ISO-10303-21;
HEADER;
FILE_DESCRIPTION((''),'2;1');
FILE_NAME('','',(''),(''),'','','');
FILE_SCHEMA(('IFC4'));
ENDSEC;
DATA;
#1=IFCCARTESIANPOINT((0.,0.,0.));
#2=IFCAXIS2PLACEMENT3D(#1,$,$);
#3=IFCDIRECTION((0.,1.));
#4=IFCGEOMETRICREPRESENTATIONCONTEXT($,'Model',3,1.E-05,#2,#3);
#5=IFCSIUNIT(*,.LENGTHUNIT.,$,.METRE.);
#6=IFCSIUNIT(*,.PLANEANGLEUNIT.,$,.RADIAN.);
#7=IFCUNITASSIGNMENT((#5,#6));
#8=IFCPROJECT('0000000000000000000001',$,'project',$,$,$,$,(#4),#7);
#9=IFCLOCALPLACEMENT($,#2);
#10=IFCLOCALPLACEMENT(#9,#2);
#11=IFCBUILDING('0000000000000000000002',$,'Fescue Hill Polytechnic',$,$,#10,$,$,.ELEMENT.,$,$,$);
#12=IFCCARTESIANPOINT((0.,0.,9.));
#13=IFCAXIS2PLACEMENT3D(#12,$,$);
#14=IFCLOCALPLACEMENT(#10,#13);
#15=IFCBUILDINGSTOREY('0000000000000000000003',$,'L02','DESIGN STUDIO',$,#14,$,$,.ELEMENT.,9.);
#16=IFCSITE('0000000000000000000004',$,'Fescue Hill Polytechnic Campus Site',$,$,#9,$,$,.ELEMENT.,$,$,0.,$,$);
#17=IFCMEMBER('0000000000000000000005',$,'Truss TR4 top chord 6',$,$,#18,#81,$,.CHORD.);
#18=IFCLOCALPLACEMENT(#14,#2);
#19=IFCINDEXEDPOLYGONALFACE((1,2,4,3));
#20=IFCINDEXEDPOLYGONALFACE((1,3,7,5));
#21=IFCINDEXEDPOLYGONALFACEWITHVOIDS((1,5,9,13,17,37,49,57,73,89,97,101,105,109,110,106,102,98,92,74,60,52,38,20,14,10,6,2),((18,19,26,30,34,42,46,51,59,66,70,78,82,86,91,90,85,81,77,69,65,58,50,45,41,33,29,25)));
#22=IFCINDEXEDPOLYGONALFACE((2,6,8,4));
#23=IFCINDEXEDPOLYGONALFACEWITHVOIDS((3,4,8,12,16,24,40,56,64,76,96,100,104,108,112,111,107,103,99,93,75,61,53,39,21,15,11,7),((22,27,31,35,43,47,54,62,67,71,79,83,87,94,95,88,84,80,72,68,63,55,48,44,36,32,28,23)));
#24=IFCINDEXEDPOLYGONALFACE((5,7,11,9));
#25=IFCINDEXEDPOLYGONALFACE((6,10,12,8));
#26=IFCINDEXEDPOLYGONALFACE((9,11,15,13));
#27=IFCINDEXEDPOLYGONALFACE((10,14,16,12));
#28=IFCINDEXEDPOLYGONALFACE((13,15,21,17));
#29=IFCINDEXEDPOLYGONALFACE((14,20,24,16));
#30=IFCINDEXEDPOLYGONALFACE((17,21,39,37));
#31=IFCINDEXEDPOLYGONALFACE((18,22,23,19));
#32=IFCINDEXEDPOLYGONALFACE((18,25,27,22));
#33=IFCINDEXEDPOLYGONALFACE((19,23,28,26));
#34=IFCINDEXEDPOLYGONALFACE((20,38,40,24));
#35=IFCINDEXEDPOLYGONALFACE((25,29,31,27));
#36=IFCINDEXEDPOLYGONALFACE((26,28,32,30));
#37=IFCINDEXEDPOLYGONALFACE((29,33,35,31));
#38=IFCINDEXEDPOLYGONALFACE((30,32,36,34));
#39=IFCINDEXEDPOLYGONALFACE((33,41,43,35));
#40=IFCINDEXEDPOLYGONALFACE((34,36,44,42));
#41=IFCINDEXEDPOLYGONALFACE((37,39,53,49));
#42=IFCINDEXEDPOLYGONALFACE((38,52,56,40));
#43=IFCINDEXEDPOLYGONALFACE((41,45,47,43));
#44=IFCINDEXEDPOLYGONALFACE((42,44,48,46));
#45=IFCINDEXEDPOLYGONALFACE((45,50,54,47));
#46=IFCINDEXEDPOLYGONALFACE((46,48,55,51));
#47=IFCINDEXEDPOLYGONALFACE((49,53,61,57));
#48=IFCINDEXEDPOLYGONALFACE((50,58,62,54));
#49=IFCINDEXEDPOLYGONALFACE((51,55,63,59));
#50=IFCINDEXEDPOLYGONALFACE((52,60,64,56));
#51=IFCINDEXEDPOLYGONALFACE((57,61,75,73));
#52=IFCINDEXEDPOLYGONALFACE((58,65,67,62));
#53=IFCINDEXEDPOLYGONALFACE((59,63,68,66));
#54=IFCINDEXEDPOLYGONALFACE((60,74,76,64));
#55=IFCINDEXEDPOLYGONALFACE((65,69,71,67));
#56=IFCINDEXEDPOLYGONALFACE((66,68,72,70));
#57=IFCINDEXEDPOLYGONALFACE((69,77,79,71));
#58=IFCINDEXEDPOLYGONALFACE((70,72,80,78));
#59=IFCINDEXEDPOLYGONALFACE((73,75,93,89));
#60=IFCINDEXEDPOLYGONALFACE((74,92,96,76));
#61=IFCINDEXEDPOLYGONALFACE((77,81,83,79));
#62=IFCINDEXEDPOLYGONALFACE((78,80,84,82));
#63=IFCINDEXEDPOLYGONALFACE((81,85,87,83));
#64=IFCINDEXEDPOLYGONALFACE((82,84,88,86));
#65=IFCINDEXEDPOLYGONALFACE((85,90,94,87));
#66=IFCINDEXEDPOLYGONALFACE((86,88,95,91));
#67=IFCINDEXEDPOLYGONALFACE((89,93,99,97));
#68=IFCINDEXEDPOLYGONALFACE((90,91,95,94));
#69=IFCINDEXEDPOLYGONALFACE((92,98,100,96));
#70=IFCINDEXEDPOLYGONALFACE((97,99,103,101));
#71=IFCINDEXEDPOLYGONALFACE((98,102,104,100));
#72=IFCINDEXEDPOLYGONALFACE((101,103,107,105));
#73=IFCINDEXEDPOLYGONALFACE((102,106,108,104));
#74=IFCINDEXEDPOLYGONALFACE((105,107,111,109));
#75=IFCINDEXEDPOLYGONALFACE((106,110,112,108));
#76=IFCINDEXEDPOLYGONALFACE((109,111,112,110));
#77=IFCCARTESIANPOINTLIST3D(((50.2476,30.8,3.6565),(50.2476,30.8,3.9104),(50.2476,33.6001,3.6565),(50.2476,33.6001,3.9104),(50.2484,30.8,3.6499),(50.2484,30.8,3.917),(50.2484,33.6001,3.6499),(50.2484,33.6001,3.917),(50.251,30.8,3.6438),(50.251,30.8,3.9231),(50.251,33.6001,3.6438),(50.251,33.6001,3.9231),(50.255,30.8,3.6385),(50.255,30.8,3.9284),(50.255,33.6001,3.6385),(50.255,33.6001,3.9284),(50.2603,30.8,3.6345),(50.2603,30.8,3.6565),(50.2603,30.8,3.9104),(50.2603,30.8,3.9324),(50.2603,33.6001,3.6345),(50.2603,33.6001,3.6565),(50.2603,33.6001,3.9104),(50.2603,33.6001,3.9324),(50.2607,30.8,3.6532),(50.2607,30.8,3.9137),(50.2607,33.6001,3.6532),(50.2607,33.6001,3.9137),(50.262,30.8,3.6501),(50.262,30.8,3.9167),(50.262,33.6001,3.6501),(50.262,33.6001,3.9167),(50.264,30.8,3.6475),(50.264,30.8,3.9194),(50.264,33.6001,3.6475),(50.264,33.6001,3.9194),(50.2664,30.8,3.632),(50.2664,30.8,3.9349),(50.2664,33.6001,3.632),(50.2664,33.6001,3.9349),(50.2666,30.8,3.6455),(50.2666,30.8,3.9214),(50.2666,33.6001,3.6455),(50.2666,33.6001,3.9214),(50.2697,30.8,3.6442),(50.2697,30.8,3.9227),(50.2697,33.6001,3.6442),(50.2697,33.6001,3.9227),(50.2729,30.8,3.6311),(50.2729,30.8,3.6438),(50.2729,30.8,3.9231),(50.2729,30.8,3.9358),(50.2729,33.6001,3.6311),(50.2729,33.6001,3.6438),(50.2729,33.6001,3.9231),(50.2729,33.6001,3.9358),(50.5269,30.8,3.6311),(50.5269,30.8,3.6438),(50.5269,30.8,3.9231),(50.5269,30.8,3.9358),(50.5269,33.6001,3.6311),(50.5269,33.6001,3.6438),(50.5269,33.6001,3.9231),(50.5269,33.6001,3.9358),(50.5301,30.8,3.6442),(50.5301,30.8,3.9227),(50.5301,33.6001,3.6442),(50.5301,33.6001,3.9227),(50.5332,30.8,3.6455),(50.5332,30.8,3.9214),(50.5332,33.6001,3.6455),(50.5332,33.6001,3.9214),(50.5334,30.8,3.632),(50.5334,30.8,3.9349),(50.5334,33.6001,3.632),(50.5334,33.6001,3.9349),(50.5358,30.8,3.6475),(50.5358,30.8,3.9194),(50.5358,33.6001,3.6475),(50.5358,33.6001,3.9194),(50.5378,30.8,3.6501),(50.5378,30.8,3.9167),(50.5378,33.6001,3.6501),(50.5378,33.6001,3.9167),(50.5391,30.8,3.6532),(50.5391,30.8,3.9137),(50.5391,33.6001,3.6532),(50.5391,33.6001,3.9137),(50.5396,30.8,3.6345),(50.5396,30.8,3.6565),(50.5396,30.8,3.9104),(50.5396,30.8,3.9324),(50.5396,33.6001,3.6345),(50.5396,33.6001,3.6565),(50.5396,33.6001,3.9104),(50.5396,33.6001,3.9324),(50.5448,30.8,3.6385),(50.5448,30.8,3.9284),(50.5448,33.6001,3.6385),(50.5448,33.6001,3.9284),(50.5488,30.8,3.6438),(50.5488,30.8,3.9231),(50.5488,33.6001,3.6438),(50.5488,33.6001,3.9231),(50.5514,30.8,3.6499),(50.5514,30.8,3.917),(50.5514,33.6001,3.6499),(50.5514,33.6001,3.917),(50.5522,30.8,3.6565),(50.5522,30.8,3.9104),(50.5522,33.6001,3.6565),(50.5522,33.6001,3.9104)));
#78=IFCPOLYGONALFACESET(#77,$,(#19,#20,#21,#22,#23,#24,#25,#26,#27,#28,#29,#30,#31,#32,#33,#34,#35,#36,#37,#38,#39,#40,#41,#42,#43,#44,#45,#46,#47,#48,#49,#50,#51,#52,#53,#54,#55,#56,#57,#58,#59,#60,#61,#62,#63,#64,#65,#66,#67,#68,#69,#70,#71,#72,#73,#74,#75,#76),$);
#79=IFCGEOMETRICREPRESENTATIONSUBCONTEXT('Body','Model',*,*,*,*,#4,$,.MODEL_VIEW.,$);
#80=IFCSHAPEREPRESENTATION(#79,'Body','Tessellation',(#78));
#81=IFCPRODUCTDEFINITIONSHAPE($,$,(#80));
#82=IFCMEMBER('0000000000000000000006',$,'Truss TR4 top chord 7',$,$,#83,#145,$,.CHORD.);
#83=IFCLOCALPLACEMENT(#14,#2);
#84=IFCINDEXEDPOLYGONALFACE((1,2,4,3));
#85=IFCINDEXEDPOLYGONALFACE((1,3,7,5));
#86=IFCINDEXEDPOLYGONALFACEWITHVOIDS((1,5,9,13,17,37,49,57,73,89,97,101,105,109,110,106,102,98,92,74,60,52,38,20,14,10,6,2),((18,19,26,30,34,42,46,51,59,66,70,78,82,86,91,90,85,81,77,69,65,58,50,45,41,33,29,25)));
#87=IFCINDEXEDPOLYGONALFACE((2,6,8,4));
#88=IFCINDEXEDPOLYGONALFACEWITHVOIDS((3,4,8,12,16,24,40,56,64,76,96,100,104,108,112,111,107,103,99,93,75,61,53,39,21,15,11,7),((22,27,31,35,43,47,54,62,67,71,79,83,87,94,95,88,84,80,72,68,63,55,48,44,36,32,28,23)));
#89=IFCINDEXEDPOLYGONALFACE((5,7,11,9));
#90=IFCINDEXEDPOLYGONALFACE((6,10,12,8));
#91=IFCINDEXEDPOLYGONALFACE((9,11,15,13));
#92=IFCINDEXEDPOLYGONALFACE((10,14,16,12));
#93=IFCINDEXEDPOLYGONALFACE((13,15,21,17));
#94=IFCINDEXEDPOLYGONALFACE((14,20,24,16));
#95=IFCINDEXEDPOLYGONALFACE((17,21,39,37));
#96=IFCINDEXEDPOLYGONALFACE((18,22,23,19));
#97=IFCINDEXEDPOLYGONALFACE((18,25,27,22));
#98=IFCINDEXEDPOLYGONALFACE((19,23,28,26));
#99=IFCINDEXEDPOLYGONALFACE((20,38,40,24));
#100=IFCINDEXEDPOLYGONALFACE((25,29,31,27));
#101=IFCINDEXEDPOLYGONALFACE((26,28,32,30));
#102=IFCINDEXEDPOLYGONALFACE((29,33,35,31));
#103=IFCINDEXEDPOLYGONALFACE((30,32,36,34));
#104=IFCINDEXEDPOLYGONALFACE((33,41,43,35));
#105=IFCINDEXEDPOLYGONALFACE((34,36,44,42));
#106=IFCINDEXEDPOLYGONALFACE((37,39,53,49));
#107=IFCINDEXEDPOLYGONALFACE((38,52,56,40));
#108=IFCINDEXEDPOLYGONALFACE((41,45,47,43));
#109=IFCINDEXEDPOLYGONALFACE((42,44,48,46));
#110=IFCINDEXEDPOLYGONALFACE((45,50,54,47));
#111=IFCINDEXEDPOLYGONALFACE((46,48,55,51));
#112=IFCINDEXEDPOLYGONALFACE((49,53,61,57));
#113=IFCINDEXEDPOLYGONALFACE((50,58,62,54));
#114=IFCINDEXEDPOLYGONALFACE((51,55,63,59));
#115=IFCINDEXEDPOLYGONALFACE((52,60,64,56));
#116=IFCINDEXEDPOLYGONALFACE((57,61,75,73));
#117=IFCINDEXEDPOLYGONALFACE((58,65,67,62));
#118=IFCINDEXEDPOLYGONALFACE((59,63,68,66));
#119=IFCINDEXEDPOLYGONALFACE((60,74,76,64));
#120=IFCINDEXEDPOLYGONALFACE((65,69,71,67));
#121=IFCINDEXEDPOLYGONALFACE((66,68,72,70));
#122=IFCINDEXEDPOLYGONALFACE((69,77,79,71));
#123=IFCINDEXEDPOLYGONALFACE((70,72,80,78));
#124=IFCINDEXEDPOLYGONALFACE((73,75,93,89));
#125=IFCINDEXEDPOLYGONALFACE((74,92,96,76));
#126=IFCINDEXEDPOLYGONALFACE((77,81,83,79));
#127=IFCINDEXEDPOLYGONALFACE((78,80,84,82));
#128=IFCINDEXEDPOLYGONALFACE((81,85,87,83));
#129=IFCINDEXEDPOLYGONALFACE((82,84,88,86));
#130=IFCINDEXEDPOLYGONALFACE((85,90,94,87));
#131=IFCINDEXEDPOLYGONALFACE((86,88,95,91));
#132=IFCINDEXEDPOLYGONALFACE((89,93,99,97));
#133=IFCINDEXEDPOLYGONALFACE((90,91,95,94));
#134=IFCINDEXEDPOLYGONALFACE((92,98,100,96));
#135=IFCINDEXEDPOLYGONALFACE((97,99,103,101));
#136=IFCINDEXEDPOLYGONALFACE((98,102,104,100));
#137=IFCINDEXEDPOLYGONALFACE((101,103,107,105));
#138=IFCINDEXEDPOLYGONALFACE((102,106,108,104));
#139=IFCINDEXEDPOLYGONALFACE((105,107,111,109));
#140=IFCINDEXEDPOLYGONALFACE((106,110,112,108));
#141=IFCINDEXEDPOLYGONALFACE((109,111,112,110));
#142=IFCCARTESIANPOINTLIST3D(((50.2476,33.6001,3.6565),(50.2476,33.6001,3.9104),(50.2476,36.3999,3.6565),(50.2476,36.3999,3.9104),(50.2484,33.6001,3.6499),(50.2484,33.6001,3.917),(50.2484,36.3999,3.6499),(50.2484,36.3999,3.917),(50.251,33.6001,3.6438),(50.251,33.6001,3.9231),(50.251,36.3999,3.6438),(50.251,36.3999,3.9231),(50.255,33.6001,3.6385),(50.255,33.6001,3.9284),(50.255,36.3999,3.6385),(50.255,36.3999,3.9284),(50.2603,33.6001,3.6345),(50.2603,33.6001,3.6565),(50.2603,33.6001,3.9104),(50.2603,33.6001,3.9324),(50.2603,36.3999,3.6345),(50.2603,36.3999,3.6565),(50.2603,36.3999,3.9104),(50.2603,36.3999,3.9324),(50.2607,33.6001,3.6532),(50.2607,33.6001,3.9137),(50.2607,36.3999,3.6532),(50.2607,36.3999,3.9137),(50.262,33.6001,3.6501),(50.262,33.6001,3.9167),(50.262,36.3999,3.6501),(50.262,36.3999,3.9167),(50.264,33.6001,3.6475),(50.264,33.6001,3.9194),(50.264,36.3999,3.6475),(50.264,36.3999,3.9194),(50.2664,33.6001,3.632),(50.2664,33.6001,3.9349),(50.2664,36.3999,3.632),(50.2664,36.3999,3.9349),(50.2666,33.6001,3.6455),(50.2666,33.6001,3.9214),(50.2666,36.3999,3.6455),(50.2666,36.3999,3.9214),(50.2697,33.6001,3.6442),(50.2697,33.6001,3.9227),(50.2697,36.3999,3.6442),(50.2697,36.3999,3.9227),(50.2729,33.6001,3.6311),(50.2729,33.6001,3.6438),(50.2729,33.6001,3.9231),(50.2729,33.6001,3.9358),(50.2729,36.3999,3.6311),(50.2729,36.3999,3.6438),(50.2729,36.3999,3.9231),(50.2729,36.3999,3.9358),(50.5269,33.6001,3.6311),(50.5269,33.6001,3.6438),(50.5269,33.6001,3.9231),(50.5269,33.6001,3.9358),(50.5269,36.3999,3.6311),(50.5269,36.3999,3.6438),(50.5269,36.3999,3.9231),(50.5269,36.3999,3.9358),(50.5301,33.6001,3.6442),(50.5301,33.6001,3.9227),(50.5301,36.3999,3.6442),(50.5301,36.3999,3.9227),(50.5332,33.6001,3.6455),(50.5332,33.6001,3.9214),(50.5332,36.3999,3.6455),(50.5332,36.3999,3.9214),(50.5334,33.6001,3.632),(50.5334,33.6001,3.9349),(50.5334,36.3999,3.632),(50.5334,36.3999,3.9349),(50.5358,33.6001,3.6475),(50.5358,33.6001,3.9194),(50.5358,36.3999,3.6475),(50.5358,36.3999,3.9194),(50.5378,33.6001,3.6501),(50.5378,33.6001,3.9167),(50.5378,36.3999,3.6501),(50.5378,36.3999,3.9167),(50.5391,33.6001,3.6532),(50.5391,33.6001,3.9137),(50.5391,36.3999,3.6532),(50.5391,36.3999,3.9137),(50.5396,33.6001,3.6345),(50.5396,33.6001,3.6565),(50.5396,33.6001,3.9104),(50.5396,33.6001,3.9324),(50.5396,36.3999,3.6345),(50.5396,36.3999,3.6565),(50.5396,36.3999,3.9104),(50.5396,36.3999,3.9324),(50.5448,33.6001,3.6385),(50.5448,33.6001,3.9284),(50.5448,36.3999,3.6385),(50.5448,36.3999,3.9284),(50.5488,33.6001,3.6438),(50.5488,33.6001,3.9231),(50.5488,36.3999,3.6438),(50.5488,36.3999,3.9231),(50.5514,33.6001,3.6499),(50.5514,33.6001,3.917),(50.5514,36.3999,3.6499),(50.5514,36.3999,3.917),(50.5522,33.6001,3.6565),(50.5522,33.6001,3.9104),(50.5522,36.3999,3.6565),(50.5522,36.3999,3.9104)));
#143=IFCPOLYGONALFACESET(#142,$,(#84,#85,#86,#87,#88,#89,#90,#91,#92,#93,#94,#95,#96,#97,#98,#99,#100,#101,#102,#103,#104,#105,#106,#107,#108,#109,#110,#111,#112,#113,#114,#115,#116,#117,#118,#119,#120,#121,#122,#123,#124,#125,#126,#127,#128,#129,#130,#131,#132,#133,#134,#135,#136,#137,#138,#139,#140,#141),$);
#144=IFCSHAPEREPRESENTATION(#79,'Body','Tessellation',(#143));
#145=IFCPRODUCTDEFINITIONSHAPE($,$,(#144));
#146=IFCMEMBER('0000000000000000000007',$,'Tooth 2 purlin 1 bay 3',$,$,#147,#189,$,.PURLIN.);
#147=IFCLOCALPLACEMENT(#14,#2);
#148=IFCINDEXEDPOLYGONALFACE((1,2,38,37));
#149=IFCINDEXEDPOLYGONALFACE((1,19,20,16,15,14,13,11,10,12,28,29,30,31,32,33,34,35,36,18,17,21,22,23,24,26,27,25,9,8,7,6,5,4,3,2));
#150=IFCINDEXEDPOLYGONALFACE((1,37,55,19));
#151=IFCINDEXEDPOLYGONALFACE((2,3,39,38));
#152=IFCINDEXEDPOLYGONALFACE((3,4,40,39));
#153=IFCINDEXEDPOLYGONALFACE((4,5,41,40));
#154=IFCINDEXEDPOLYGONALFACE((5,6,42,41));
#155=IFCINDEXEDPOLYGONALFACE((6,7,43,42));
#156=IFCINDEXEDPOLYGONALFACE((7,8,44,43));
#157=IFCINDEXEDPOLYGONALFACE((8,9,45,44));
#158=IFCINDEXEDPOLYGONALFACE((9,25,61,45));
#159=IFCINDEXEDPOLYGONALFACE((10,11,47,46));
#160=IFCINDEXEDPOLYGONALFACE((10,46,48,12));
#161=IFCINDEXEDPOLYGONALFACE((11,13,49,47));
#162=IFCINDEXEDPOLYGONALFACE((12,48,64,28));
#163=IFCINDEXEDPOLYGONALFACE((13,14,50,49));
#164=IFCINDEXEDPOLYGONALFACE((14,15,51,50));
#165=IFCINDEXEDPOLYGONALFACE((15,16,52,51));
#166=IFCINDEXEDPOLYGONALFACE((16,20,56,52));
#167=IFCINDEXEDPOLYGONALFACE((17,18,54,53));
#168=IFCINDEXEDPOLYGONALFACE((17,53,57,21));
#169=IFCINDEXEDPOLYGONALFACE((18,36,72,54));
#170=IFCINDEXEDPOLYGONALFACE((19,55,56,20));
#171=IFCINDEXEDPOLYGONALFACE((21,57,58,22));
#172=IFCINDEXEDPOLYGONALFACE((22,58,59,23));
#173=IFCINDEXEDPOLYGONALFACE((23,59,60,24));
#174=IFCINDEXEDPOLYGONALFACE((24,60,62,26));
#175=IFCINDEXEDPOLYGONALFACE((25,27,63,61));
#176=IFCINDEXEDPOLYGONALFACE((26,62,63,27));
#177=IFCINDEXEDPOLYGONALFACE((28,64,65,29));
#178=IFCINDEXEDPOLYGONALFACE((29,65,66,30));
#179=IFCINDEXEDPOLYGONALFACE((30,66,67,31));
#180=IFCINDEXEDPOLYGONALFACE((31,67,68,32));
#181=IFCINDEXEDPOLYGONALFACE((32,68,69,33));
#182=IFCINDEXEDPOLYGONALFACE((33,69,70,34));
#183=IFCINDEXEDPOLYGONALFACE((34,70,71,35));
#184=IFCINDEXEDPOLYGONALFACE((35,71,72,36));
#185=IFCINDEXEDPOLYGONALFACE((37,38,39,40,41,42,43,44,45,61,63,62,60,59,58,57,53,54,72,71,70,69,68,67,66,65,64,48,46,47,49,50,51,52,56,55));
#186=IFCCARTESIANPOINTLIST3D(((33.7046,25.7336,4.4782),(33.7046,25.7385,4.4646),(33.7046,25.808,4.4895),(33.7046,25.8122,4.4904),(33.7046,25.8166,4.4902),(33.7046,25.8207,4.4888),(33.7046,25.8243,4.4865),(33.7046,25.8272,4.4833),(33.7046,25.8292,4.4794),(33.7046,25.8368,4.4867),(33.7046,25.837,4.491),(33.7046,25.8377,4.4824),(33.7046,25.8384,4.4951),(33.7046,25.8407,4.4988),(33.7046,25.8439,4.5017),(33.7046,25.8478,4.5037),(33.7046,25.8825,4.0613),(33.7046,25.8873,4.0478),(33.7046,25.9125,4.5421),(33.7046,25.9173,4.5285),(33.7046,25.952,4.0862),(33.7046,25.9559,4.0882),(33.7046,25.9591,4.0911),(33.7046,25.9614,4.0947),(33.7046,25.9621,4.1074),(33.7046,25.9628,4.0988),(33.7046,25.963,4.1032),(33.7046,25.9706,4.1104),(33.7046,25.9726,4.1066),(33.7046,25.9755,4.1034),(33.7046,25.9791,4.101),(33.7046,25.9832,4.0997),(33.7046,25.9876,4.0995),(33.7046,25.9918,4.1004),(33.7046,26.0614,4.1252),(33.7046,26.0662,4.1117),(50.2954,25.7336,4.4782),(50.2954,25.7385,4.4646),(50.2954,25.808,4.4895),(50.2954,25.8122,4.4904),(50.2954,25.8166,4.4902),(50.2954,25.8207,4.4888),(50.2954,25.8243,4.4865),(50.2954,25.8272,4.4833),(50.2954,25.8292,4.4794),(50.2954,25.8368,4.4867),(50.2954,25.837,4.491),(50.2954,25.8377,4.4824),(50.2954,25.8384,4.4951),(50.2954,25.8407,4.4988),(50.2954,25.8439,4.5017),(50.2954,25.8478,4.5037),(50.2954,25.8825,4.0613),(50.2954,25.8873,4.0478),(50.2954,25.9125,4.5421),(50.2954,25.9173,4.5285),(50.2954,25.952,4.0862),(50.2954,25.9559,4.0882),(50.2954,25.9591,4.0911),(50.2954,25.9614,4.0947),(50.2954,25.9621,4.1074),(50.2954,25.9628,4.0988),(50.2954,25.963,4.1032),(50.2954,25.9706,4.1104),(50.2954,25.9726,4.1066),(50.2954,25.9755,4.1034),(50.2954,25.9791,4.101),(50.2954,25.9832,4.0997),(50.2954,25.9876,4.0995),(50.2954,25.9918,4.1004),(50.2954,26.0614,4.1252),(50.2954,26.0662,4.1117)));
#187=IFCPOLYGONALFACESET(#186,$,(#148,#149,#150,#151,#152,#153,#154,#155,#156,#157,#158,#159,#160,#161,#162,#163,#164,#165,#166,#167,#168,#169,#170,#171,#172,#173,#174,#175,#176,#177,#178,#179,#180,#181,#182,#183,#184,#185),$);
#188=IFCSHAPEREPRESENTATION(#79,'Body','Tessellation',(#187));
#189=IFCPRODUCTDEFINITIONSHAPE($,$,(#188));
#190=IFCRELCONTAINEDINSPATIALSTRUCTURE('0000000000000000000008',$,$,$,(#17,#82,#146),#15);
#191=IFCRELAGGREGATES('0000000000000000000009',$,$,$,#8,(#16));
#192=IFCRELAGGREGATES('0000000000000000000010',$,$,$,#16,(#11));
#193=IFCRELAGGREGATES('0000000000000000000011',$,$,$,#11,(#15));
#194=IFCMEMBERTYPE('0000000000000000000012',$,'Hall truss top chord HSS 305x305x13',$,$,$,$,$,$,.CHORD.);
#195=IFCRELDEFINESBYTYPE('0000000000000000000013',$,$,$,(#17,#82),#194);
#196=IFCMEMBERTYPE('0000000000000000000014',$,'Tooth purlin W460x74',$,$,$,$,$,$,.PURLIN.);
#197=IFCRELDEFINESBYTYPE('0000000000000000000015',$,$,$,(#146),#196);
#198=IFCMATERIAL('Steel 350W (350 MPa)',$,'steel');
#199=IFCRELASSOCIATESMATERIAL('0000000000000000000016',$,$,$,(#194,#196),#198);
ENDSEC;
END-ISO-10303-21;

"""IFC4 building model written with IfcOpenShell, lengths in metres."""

from ifc_helpers import new_model, si_unit, direction, frame, origin, origin_2d, place, context, subcontext, project, spatial, hollow_rectangle, i_section, extrude, material, material_profile, profile_set, type_object, element, save


model = new_model("IFC4")

# Units and contexts
model_context = context("Model", 3, precision=1e-05, world=origin(), true_north=direction((0.0, 1.0)))
body_context = subcontext(model_context, "Body", "Model", "MODEL_VIEW")
ifc_project = project(units=[si_unit("LENGTHUNIT", "METRE"), si_unit("PLANEANGLEUNIT", "RADIAN")], contexts=[model_context])

# Site, building, storey
site_placement = place(None, origin())
site = spatial("IfcSite", under=ifc_project, at=site_placement, Name="Fescue Hill Polytechnic Campus Site", CompositionType="ELEMENT", RefElevation=0.0)
building_placement = place(site_placement, origin())
building = spatial("IfcBuilding", under=site, at=building_placement, Name="Fescue Hill Polytechnic", CompositionType="ELEMENT")
storey_placement = place(building_placement, frame((0.0, 0.0, 9.0)))
storey = spatial("IfcBuildingStorey", under=building, at=storey_placement, Name="L02", Description="DESIGN STUDIO", CompositionType="ELEMENT", Elevation=9.0)

# Members
ifc_material = material(Name="Steel 350W (350 MPa)", Category="steel")
ifc_material_profile_1 = material_profile(ifc_material, hollow_rectangle(XDim=0.3047, YDim=0.3047, WallThickness=0.0127, InnerFilletRadius=0.0127, OuterFilletRadius=0.0254, at=origin_2d()), Name="Hall truss top chord HSS 305x305x13")
ifc_profile_set_1 = profile_set([ifc_material_profile_1], Name="Steel 350W (350 MPa)")
member_type_1 = type_object("IfcMemberType", Name="Hall truss top chord HSS 305x305x13", PredefinedType="CHORD", material=ifc_profile_set_1)
for number, where, z_axis, x_axis, name in (
    (1, (50.3999, 30.8, 3.7834), (0.0, 1.0, 0.0), (-1.0, 0.0, 0.0), "Truss TR4 top chord 6"),
):
    element("IfcMember", number, at=place(storey_placement, frame(where, z_axis=z_axis, x_axis=x_axis)), inside=storey, type_object=member_type_1, Name=name, PredefinedType="CHORD", context=body_context, shape_type="SweptSolid", body=[
        extrude(hollow_rectangle(XDim=0.3047, YDim=0.3047, WallThickness=0.0127, InnerFilletRadius=0.0127, OuterFilletRadius=0.0254, at=origin_2d()), origin(), (0.0, 0.0, 1.0), 2.8),
    ])
member_1_placement = place(storey_placement, frame((50.3999, 33.6001, 3.7834), z_axis=(0.0, 1.0, 0.0), x_axis=(-1.0, 0.0, 0.0)))
element("IfcMember", 2, at=member_1_placement, inside=storey, type_object=member_type_1, Name="Truss TR4 top chord 7", PredefinedType="CHORD", context=body_context, shape_type="SweptSolid", body=[
    extrude(hollow_rectangle(XDim=0.3047, YDim=0.3047, WallThickness=0.0127, InnerFilletRadius=0.0127, OuterFilletRadius=0.0254, at=origin_2d()), origin(), (0.0, 0.0, 1.0), 2.7998),
])
ifc_material_profile_2 = material_profile(ifc_material, i_section(OverallWidth=0.1899, OverallDepth=0.457, WebThickness=0.009, FlangeThickness=0.0144, FilletRadius=0.0166, at=origin_2d()), Name="W460x74")
ifc_profile_set_2 = profile_set([ifc_material_profile_2], Name="Steel 350W (350 MPa)")
member_type_2 = type_object("IfcMemberType", Name="Tooth purlin W460x74", PredefinedType="PURLIN", material=ifc_profile_set_2)
member_2_placement = place(storey_placement, frame((33.7046, 25.8999, 4.2949), z_axis=(1.0, 0.0, 0.0), x_axis=(0.0, 0.941742, 0.336336)))
element("IfcMember", 3, at=member_2_placement, inside=storey, type_object=member_type_2, Name="Tooth 2 purlin 1 bay 3", PredefinedType="PURLIN", context=body_context, shape_type="SweptSolid", body=[
    extrude(i_section(OverallWidth=0.1899, OverallDepth=0.457, WebThickness=0.009, FlangeThickness=0.0144, FilletRadius=0.0166, at=origin_2d()), origin(), (0.0, 0.0, 1.0), 16.5908),
])

save(model, "model.ifc")
